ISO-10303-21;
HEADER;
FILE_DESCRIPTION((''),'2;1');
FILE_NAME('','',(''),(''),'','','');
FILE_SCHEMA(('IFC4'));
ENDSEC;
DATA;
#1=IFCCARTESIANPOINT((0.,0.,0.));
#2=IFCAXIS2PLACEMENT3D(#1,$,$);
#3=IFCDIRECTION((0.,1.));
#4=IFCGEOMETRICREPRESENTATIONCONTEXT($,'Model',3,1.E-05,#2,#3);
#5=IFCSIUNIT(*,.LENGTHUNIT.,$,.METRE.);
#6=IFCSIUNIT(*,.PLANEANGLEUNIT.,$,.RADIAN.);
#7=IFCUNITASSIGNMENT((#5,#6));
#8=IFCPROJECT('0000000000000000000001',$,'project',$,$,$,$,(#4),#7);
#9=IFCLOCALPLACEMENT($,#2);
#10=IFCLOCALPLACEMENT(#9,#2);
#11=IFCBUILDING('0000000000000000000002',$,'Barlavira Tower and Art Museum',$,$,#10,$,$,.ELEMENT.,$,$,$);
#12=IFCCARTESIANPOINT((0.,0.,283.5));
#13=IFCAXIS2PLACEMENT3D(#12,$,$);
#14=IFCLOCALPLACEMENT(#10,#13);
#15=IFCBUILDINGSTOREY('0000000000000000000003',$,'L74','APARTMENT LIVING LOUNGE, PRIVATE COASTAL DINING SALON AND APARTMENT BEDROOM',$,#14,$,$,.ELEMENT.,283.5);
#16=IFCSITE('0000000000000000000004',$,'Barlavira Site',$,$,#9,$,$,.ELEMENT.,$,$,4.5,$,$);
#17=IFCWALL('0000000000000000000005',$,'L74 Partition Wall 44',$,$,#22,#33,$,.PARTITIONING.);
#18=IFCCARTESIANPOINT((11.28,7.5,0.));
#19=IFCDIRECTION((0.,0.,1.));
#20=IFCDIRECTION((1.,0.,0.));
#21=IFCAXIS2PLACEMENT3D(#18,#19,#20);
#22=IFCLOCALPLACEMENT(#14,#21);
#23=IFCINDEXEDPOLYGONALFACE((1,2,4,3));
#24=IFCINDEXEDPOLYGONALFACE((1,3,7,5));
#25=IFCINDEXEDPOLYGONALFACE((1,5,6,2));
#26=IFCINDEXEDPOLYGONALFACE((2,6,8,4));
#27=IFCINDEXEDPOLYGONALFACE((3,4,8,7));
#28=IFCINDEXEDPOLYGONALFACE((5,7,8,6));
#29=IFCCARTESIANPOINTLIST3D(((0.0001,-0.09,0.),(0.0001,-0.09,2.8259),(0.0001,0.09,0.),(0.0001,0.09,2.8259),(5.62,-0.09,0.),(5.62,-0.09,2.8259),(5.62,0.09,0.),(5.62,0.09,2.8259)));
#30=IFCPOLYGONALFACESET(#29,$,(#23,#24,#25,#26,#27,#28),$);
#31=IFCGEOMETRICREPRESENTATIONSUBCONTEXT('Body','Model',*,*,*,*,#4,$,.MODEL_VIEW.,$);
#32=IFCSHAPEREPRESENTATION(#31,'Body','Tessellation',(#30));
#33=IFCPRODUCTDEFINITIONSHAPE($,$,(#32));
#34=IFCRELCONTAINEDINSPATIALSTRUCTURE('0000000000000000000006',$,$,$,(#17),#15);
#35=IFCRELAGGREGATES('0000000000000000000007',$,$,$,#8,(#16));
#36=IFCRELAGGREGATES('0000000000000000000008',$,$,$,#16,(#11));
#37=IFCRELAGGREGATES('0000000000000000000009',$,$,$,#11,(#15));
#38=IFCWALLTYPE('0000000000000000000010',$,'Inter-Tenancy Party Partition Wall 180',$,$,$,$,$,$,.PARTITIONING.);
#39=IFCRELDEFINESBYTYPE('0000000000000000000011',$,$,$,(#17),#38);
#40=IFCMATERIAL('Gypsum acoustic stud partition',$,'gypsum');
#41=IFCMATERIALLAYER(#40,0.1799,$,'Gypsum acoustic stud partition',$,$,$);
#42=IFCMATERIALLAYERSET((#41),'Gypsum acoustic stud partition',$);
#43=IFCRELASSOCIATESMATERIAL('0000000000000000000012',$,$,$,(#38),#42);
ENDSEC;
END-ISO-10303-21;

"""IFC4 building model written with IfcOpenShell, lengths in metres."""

from ifc_helpers import new_model, si_unit, direction, frame, frame_2d, origin, place, context, subcontext, project, spatial, rectangle, extrude, material, layer, layer_set, type_object, element, save


model = new_model("IFC4")

# Units and contexts
model_context = context("Model", 3, precision=1e-05, world=origin(), true_north=direction((0.0, 1.0)))
body_context = subcontext(model_context, "Body", "Model", "MODEL_VIEW")
ifc_project = project(units=[si_unit("LENGTHUNIT", "METRE"), si_unit("PLANEANGLEUNIT", "RADIAN")], contexts=[model_context])

# Site, building, storey
site_placement = place(None, origin())
site = spatial("IfcSite", under=ifc_project, at=site_placement, Name="Barlavira Site", CompositionType="ELEMENT", RefElevation=4.5)
building_placement = place(site_placement, origin())
building = spatial("IfcBuilding", under=site, at=building_placement, Name="Barlavira Tower and Art Museum", CompositionType="ELEMENT")
storey_placement = place(building_placement, frame((0.0, 0.0, 283.5)))
storey = spatial("IfcBuildingStorey", under=building, at=storey_placement, Name="L74", Description="APARTMENT LIVING LOUNGE, PRIVATE COASTAL DINING SALON AND APARTMENT BEDROOM", CompositionType="ELEMENT", Elevation=283.5)

# Shared definitions
ifc_material_1 = material(Name="Gypsum acoustic stud partition", Category="gypsum")

# Wall
ifc_layer_1 = layer(ifc_material_1, 0.1799, Name="Gypsum acoustic stud partition")
ifc_layer_set_1 = layer_set([ifc_layer_1], Name="Gypsum acoustic stud partition")
wall_type_1 = type_object("IfcWallType", Name="Inter-Tenancy Party Partition Wall 180", PredefinedType="PARTITIONING", material=ifc_layer_set_1)
wall_1_placement = place(storey_placement, frame((11.28, 7.5, 0.0), z_axis=(0.0, 0.0, 1.0), x_axis=(1.0, 0.0, 0.0)))
element("IfcWall", 1, at=wall_1_placement, inside=storey, type_object=wall_type_1, Name="L74 Partition Wall 44", PredefinedType="PARTITIONING", context=body_context, shape_type="SweptSolid", body=[
    extrude(rectangle(XDim=5.6199, YDim=0.1799, at=frame_2d((2.8101, 0.0))), origin(), (0.0, 0.0, 1.0), 2.8259),
])

save(model, "model.ifc")
